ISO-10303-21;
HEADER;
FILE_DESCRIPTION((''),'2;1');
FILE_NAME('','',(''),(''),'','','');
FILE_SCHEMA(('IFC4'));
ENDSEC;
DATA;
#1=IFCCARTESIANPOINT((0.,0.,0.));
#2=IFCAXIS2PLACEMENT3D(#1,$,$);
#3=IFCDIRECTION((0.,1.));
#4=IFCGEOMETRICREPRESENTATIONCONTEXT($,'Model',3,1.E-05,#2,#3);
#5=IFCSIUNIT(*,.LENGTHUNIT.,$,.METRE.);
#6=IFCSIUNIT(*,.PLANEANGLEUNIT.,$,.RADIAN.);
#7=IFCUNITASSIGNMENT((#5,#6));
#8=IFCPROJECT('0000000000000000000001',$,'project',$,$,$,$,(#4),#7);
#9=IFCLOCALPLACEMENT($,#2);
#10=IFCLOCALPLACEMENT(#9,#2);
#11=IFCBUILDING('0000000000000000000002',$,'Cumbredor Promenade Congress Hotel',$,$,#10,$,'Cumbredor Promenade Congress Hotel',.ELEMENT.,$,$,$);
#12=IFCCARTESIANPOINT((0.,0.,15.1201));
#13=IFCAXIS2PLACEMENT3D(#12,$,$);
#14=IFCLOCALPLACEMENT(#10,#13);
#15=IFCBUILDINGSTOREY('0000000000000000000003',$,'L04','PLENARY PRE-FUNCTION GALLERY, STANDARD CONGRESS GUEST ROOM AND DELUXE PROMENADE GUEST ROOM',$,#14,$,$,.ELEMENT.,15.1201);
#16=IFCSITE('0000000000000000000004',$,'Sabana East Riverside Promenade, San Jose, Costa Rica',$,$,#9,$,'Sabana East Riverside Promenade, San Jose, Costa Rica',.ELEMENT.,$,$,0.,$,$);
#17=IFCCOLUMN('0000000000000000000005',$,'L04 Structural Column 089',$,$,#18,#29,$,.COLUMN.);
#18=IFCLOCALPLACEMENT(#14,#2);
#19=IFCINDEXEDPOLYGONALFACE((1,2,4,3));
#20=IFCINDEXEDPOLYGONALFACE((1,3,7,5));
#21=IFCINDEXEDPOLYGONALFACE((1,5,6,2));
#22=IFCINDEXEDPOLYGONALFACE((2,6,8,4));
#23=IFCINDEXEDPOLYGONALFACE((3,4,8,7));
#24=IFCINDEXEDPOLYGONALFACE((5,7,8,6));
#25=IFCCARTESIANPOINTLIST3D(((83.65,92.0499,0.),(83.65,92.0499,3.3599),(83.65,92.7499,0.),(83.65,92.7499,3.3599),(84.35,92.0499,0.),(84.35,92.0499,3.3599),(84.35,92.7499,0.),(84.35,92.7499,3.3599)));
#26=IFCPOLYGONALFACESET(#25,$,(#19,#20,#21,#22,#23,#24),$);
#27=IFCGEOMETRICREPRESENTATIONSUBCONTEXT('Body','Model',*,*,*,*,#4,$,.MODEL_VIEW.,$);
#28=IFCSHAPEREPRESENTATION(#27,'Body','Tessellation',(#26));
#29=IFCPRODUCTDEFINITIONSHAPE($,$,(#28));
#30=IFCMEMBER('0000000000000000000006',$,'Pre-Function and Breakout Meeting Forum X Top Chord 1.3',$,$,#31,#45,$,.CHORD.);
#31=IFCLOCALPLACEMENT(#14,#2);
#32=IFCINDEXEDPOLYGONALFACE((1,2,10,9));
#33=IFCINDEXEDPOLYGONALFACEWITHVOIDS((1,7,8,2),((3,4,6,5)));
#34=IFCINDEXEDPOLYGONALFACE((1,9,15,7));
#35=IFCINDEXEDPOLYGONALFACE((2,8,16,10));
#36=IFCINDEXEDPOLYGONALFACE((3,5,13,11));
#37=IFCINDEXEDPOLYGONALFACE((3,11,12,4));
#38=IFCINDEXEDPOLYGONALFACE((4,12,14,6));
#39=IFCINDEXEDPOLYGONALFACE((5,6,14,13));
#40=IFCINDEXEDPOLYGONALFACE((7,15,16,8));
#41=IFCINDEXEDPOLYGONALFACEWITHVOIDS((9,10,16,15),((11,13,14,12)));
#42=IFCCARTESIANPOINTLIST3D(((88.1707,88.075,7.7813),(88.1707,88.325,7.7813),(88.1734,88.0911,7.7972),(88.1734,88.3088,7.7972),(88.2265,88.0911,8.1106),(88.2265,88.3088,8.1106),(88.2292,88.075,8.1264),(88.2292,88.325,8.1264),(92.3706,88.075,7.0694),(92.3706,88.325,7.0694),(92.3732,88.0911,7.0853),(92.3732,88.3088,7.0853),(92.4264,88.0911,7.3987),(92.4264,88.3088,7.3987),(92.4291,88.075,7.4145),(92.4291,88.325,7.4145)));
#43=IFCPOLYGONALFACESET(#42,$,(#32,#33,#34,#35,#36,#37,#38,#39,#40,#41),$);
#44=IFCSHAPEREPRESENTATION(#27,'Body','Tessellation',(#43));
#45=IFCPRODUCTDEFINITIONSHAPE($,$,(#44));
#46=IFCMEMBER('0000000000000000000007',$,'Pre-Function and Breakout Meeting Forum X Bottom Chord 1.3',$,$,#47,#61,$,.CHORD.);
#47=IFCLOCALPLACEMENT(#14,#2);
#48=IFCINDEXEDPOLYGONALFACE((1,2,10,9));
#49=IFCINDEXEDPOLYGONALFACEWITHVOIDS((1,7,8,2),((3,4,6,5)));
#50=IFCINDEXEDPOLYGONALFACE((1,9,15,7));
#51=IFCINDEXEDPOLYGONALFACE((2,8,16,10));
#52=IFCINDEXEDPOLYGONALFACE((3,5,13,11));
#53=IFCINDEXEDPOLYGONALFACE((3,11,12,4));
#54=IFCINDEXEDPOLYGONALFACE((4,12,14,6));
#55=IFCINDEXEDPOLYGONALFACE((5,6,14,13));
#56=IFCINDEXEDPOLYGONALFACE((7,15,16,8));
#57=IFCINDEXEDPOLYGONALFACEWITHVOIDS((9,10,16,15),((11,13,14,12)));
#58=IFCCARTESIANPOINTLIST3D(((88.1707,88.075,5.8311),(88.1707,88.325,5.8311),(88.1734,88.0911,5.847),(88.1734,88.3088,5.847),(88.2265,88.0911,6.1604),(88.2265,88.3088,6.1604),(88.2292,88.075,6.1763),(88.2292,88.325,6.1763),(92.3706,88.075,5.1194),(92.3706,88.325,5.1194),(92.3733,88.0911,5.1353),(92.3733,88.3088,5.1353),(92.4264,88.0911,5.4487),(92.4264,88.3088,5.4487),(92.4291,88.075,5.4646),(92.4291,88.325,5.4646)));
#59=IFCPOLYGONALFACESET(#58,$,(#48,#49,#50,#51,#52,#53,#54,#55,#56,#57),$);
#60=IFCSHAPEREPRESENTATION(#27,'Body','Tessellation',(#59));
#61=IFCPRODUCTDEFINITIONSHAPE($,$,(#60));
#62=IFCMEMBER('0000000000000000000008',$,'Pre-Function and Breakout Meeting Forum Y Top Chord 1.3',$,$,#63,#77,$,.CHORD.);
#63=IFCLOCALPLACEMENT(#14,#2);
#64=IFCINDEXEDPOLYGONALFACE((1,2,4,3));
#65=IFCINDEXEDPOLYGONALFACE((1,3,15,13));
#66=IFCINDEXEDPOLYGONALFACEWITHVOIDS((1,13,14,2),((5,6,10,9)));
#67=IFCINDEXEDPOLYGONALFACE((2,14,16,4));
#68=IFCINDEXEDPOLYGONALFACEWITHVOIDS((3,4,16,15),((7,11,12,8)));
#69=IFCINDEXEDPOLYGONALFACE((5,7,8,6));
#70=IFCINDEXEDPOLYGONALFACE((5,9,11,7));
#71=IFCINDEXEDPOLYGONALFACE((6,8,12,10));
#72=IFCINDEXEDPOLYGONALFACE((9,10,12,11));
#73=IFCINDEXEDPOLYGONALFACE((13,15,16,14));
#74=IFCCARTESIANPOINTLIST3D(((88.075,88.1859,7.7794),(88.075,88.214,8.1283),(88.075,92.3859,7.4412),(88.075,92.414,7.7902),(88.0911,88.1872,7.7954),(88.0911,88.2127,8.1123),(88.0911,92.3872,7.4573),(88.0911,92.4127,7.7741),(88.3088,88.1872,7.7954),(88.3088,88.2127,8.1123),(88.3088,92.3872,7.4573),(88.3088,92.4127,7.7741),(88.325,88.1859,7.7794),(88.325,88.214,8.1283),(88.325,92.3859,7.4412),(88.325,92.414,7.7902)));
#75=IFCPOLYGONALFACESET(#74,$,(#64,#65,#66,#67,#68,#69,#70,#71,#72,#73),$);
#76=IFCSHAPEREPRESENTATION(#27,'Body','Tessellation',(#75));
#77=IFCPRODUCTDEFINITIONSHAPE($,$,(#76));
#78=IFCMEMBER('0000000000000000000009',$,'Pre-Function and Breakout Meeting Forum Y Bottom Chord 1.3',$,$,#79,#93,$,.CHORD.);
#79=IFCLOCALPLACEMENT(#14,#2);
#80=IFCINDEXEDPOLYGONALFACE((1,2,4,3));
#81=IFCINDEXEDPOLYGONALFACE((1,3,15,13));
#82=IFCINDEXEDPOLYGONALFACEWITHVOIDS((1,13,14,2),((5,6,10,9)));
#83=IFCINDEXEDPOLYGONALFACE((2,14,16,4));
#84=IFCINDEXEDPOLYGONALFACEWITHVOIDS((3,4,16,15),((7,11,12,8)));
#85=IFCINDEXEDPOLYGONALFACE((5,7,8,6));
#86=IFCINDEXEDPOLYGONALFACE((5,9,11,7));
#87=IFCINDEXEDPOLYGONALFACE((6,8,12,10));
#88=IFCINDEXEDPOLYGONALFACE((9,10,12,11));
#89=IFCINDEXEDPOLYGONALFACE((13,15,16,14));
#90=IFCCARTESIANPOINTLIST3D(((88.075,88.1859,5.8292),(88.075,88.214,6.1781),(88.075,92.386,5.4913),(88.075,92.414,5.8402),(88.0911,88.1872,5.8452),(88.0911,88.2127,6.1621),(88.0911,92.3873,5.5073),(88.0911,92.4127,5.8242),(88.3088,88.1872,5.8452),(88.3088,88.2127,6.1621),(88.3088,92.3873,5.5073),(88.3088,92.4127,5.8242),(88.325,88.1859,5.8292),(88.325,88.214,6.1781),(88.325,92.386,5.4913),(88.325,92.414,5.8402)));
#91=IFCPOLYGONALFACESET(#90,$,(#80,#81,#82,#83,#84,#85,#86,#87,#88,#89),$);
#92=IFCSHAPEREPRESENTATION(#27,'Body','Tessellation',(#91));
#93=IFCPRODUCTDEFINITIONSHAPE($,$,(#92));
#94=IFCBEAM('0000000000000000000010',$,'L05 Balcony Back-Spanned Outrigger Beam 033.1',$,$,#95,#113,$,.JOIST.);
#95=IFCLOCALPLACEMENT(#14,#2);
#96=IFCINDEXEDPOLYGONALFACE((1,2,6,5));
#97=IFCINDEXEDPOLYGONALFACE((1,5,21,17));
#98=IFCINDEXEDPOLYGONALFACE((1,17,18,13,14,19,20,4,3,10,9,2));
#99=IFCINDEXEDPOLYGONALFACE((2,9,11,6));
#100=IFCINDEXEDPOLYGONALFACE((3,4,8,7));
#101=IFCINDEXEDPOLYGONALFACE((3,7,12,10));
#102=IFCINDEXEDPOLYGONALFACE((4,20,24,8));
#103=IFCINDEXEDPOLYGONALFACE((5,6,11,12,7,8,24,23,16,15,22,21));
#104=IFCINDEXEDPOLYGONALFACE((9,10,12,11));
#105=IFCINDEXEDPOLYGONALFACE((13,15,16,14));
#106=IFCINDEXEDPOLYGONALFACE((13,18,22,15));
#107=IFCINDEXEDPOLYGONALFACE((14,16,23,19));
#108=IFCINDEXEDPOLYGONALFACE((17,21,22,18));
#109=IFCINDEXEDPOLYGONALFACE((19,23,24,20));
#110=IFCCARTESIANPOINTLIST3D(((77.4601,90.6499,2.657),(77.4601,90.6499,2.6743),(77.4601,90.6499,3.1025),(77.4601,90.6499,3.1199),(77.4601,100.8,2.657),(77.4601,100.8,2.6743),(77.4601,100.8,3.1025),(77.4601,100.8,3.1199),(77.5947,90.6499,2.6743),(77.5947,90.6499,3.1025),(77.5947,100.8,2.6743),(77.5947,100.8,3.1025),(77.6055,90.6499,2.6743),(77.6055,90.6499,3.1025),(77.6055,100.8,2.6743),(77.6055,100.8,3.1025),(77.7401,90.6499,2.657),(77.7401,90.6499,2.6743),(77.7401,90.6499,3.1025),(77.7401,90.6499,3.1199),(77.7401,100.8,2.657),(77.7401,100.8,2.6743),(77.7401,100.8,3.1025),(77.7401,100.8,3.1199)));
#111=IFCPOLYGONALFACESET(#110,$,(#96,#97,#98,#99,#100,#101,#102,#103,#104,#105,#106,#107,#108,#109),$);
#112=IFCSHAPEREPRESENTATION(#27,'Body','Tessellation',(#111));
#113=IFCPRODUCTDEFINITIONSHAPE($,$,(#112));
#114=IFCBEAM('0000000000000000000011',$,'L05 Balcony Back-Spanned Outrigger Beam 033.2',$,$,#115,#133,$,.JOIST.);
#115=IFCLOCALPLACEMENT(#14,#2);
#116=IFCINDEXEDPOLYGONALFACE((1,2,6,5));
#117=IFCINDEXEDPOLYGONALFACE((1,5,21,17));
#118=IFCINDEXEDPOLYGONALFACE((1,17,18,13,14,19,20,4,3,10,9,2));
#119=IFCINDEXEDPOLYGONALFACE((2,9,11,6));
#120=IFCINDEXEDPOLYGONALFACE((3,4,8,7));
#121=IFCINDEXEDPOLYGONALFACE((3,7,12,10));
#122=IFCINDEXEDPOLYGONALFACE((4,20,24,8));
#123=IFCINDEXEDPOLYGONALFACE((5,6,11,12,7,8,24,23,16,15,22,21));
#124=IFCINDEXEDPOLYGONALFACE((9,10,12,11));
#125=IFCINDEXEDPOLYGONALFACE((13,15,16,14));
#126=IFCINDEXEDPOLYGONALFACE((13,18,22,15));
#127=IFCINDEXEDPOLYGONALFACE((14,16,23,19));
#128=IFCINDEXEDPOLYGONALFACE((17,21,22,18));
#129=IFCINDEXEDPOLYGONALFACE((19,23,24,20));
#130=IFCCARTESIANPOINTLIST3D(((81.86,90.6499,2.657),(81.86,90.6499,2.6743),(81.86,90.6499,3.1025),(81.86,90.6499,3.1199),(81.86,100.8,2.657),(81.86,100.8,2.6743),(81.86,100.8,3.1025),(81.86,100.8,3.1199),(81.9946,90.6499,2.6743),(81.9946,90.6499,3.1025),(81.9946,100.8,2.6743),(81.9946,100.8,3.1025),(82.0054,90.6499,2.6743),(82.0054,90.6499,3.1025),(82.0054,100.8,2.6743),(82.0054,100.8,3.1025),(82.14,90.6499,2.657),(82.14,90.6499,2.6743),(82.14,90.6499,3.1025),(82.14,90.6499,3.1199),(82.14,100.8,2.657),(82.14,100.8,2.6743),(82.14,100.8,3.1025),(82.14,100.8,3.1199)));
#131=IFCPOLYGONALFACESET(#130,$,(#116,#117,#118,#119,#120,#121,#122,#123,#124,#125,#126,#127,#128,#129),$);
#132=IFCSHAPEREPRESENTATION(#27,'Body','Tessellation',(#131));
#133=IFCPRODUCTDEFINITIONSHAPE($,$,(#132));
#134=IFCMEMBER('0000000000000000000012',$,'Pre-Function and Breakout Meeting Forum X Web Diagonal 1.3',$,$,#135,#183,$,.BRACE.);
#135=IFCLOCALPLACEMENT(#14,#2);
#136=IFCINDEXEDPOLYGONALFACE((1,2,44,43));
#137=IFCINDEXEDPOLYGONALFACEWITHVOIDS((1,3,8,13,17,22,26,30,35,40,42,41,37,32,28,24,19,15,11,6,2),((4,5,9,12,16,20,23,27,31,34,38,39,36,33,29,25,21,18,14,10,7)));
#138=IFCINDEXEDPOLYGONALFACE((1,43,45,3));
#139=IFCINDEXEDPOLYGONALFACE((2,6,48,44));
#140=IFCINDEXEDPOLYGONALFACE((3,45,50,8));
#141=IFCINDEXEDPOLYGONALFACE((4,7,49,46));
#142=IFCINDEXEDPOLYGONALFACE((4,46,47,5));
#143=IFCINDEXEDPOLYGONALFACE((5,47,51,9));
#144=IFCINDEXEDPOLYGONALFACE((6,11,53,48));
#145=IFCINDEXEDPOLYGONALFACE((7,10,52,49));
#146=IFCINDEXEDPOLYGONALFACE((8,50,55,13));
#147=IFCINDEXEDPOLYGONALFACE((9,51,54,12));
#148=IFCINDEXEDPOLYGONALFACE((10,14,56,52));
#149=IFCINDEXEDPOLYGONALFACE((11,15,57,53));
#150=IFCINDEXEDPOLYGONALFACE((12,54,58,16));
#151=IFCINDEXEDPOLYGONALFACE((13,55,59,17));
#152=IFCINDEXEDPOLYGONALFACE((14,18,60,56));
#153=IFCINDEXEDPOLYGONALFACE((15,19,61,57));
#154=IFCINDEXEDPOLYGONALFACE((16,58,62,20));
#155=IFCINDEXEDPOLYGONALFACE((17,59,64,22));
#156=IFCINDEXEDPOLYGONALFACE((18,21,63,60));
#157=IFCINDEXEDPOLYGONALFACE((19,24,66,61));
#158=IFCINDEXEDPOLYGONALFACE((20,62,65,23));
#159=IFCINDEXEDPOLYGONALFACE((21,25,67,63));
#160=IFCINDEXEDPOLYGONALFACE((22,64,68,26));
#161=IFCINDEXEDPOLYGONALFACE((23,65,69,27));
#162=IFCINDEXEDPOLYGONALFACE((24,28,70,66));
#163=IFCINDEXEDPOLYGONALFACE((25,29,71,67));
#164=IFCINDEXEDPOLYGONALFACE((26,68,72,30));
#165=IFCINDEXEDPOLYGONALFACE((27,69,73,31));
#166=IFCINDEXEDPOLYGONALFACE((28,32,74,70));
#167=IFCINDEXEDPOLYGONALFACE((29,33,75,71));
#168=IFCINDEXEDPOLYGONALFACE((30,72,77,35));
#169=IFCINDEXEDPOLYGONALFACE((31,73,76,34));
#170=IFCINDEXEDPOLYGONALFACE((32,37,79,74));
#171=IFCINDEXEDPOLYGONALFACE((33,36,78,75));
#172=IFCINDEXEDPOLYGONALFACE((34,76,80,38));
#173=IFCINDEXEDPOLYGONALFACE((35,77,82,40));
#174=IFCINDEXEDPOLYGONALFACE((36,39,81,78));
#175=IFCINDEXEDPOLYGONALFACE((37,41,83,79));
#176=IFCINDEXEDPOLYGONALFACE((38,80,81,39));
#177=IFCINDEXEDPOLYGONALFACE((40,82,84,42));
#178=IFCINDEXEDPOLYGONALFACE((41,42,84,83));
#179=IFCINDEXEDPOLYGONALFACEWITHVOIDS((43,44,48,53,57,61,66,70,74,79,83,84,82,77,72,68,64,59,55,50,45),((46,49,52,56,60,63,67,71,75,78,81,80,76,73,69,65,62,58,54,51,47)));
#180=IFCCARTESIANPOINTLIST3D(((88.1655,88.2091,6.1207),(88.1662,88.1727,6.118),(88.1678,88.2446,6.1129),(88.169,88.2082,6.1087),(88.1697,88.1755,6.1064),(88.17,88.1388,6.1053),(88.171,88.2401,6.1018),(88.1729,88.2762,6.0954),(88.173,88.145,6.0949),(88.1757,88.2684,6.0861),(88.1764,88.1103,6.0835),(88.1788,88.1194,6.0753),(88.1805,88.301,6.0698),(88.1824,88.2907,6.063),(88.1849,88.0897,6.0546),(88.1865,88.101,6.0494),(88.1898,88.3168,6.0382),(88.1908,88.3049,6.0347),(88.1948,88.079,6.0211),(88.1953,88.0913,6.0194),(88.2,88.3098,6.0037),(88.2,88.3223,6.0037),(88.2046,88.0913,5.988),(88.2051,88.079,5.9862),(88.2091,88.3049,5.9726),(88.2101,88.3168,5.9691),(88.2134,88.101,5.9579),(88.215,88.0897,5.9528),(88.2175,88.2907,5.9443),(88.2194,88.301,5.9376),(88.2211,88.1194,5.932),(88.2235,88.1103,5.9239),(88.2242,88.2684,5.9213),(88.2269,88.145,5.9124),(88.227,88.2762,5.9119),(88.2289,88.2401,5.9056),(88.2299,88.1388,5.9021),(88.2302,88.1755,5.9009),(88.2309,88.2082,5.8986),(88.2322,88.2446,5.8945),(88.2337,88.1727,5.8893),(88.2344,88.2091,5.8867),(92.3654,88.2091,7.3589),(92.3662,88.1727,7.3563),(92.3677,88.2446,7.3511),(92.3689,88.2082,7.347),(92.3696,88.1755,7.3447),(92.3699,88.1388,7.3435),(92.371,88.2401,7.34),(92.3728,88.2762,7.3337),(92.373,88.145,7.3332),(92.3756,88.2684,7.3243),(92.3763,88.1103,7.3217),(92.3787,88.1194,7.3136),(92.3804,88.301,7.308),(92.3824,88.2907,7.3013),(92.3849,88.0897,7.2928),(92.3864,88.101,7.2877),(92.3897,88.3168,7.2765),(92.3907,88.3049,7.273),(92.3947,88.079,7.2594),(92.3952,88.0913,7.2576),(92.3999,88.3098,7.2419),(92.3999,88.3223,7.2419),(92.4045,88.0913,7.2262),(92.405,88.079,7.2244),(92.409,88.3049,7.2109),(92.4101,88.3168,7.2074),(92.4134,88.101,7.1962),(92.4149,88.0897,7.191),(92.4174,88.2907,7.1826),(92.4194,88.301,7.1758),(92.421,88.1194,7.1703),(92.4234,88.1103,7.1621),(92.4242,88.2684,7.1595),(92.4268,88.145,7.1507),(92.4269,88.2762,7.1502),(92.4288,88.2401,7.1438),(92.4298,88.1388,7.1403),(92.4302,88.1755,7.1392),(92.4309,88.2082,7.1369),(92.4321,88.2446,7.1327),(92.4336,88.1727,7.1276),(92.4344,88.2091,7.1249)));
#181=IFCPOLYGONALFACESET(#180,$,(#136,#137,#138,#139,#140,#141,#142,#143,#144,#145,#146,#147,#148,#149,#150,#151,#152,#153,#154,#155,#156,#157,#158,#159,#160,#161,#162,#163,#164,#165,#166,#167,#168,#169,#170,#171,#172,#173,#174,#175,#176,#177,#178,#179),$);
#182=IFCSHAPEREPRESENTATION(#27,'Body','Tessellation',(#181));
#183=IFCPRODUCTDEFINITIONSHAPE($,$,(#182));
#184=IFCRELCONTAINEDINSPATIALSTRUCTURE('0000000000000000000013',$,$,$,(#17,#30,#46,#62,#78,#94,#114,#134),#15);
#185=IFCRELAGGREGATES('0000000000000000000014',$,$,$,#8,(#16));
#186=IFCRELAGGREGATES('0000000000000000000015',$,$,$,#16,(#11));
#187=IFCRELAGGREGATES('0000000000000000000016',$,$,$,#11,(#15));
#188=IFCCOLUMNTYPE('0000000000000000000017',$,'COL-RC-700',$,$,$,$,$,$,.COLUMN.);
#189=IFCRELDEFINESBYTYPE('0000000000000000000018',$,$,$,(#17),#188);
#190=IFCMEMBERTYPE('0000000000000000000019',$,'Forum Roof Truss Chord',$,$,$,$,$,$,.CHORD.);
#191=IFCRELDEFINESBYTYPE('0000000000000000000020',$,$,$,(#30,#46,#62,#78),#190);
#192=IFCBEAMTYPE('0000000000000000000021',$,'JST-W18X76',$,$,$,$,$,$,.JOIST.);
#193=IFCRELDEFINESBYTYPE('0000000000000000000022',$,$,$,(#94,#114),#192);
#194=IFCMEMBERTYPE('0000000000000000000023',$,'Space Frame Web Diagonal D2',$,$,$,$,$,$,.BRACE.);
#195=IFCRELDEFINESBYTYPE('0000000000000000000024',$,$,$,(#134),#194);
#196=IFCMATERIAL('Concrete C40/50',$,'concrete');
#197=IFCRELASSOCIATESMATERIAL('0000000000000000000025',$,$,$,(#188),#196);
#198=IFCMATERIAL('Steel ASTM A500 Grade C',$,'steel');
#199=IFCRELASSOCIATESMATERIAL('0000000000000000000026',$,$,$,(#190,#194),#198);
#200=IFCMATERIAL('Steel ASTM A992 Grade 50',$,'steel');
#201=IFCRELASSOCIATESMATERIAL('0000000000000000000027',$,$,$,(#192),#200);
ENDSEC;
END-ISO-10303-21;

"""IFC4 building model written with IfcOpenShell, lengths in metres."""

from ifc_helpers import new_model, si_unit, direction, frame, origin, origin_2d, place, context, subcontext, project, spatial, rectangle, hollow_rectangle, hollow_circle, i_section, extrude, material, material_profile, profile_set, type_object, element, save


model = new_model("IFC4")

# Units and contexts
model_context = context("Model", 3, precision=1e-05, world=origin(), true_north=direction((0.0, 1.0)))
body_context = subcontext(model_context, "Body", "Model", "MODEL_VIEW")
ifc_project = project(units=[si_unit("LENGTHUNIT", "METRE"), si_unit("PLANEANGLEUNIT", "RADIAN")], contexts=[model_context])

# Site, building, storey
site_placement = place(None, origin())
site = spatial("IfcSite", under=ifc_project, at=site_placement, Name="Sabana East Riverside Promenade, San Jose, Costa Rica", LongName="Sabana East Riverside Promenade, San Jose, Costa Rica", CompositionType="ELEMENT", RefElevation=0.0)
building_placement = place(site_placement, origin())
building = spatial("IfcBuilding", under=site, at=building_placement, Name="Cumbredor Promenade Congress Hotel", LongName="Cumbredor Promenade Congress Hotel", CompositionType="ELEMENT")
storey_placement = place(building_placement, frame((0.0, 0.0, 15.1201)))
storey = spatial("IfcBuildingStorey", under=building, at=storey_placement, Name="L04", Description="PLENARY PRE-FUNCTION GALLERY, STANDARD CONGRESS GUEST ROOM AND DELUXE PROMENADE GUEST ROOM", CompositionType="ELEMENT", Elevation=15.1201)

# Column
ifc_material_1 = material(Name="Concrete C40/50", Category="concrete")
ifc_material_profile_1 = material_profile(ifc_material_1, rectangle(XDim=0.7, YDim=0.7, at=origin_2d()), Name="RC 700x700")
ifc_profile_set_1 = profile_set([ifc_material_profile_1], Name="Concrete C40/50")
column_type = type_object("IfcColumnType", Name="COL-RC-700", PredefinedType="COLUMN", material=ifc_profile_set_1)
column_placement = place(storey_placement, frame((84.0, 92.3999, 0.0), z_axis=(0.0, 0.0, 1.0), x_axis=(1.0, 0.0, 0.0)))
element("IfcColumn", 1, at=column_placement, inside=storey, type_object=column_type, Name="L04 Structural Column 089", PredefinedType="COLUMN", context=body_context, shape_type="SweptSolid", body=[
    extrude(rectangle(XDim=0.7, YDim=0.7, at=origin_2d()), origin(), (0.0, 0.0, 1.0), 3.3599),
])

# Members
ifc_material_2 = material(Name="Steel ASTM A500 Grade C", Category="steel")
ifc_material_profile_2 = material_profile(ifc_material_2, hollow_rectangle(XDim=0.25, YDim=0.3501, WallThickness=0.0161, at=origin_2d()), Name="HSS 350x250x16")
ifc_profile_set_2 = profile_set([ifc_material_profile_2], Name="Steel ASTM A500 Grade C")
member_type_1 = type_object("IfcMemberType", Name="Forum Roof Truss Chord", PredefinedType="CHORD", material=ifc_profile_set_2)
for number, where, z_axis, x_axis, name in (
    (2, (88.2, 88.2, 7.9539), (0.985936, 0.0, -0.167121), (0.0, 1.0, 0.0), "Pre-Function and Breakout Meeting Forum X Top Chord 1.3"),
    (3, (88.2, 88.2, 6.0037), (0.985946, 0.0, -0.167066), (0.0, 1.0, 0.0), "Pre-Function and Breakout Meeting Forum X Bottom Chord 1.3"),
):
    element("IfcMember", number, at=place(storey_placement, frame(where, z_axis=z_axis, x_axis=x_axis)), inside=storey, type_object=member_type_1, Name=name, PredefinedType="CHORD", context=body_context, shape_type="SweptSolid", body=[
        extrude(hollow_rectangle(XDim=0.25, YDim=0.3501, WallThickness=0.0161, at=origin_2d()), origin(), (0.0, 0.0, 1.0), 4.2598),
    ])
for number, where, z_axis, x_axis, name in (
    (4, (88.2, 88.2, 7.9539), (0.0, 0.996775, -0.08025), (-1.0, 0.0, 0.0), "Pre-Function and Breakout Meeting Forum Y Top Chord 1.3"),
    (5, (88.2, 88.2, 6.0037), (0.0, 0.996779, -0.080192), (-1.0, 0.0, 0.0), "Pre-Function and Breakout Meeting Forum Y Bottom Chord 1.3"),
):
    element("IfcMember", number, at=place(storey_placement, frame(where, z_axis=z_axis, x_axis=x_axis)), inside=storey, type_object=member_type_1, Name=name, PredefinedType="CHORD", context=body_context, shape_type="SweptSolid", body=[
        extrude(hollow_rectangle(XDim=0.25, YDim=0.3501, WallThickness=0.0161, at=origin_2d()), origin(), (0.0, 0.0, 1.0), 4.2136),
    ])

# Beams
ifc_material_3 = material(Name="Steel ASTM A992 Grade 50", Category="steel")
ifc_material_profile_3 = material_profile(ifc_material_3, i_section(OverallWidth=0.28, OverallDepth=0.4629, WebThickness=0.0107, FlangeThickness=0.0173, at=origin_2d()), Name="W18X76")
ifc_profile_set_3 = profile_set([ifc_material_profile_3], Name="Steel ASTM A992 Grade 50")
beam_type = type_object("IfcBeamType", Name="JST-W18X76", PredefinedType="JOIST", material=ifc_profile_set_3)
for number, where, z_axis, x_axis, name in (
    (6, (77.6001, 90.6499, 2.8884), (0.0, 1.0, 0.0), (-1.0, 0.0, 0.0), "L05 Balcony Back-Spanned Outrigger Beam 033.1"),
    (7, (82.0, 90.6499, 2.8884), (0.0, 1.0, 0.0), (-1.0, 0.0, 0.0), "L05 Balcony Back-Spanned Outrigger Beam 033.2"),
):
    element("IfcBeam", number, at=place(storey_placement, frame(where, z_axis=z_axis, x_axis=x_axis)), inside=storey, type_object=beam_type, Name=name, PredefinedType="JOIST", context=body_context, shape_type="SweptSolid", body=[
        extrude(i_section(OverallWidth=0.28, OverallDepth=0.4629, WebThickness=0.0107, FlangeThickness=0.0173, at=origin_2d()), origin(), (0.0, 0.0, 1.0), 10.1501),
    ])

# Member
ifc_material_profile_4 = material_profile(ifc_material_2, hollow_circle(Radius=0.1223, WallThickness=0.0125, at=origin_2d()), Name="CHS 244.5x12.5")
ifc_profile_set_4 = profile_set([ifc_material_profile_4], Name="Steel ASTM A500 Grade C")
member_type_2 = type_object("IfcMemberType", Name="Space Frame Web Diagonal D2", PredefinedType="BRACE", material=ifc_profile_set_4)
member_1_placement = place(storey_placement, frame((88.2, 88.2, 6.0037), z_axis=(0.95918, 0.0, 0.282797), x_axis=(0.0, 1.0, 0.0)))
element("IfcMember", 8, at=member_1_placement, inside=storey, type_object=member_type_2, Name="Pre-Function and Breakout Meeting Forum X Web Diagonal 1.3", PredefinedType="BRACE", context=body_context, shape_type="SweptSolid", body=[
    extrude(hollow_circle(Radius=0.1223, WallThickness=0.0125, at=origin_2d()), origin(), (0.0, 0.0, 1.0), 4.3787),
])

save(model, "model.ifc")
